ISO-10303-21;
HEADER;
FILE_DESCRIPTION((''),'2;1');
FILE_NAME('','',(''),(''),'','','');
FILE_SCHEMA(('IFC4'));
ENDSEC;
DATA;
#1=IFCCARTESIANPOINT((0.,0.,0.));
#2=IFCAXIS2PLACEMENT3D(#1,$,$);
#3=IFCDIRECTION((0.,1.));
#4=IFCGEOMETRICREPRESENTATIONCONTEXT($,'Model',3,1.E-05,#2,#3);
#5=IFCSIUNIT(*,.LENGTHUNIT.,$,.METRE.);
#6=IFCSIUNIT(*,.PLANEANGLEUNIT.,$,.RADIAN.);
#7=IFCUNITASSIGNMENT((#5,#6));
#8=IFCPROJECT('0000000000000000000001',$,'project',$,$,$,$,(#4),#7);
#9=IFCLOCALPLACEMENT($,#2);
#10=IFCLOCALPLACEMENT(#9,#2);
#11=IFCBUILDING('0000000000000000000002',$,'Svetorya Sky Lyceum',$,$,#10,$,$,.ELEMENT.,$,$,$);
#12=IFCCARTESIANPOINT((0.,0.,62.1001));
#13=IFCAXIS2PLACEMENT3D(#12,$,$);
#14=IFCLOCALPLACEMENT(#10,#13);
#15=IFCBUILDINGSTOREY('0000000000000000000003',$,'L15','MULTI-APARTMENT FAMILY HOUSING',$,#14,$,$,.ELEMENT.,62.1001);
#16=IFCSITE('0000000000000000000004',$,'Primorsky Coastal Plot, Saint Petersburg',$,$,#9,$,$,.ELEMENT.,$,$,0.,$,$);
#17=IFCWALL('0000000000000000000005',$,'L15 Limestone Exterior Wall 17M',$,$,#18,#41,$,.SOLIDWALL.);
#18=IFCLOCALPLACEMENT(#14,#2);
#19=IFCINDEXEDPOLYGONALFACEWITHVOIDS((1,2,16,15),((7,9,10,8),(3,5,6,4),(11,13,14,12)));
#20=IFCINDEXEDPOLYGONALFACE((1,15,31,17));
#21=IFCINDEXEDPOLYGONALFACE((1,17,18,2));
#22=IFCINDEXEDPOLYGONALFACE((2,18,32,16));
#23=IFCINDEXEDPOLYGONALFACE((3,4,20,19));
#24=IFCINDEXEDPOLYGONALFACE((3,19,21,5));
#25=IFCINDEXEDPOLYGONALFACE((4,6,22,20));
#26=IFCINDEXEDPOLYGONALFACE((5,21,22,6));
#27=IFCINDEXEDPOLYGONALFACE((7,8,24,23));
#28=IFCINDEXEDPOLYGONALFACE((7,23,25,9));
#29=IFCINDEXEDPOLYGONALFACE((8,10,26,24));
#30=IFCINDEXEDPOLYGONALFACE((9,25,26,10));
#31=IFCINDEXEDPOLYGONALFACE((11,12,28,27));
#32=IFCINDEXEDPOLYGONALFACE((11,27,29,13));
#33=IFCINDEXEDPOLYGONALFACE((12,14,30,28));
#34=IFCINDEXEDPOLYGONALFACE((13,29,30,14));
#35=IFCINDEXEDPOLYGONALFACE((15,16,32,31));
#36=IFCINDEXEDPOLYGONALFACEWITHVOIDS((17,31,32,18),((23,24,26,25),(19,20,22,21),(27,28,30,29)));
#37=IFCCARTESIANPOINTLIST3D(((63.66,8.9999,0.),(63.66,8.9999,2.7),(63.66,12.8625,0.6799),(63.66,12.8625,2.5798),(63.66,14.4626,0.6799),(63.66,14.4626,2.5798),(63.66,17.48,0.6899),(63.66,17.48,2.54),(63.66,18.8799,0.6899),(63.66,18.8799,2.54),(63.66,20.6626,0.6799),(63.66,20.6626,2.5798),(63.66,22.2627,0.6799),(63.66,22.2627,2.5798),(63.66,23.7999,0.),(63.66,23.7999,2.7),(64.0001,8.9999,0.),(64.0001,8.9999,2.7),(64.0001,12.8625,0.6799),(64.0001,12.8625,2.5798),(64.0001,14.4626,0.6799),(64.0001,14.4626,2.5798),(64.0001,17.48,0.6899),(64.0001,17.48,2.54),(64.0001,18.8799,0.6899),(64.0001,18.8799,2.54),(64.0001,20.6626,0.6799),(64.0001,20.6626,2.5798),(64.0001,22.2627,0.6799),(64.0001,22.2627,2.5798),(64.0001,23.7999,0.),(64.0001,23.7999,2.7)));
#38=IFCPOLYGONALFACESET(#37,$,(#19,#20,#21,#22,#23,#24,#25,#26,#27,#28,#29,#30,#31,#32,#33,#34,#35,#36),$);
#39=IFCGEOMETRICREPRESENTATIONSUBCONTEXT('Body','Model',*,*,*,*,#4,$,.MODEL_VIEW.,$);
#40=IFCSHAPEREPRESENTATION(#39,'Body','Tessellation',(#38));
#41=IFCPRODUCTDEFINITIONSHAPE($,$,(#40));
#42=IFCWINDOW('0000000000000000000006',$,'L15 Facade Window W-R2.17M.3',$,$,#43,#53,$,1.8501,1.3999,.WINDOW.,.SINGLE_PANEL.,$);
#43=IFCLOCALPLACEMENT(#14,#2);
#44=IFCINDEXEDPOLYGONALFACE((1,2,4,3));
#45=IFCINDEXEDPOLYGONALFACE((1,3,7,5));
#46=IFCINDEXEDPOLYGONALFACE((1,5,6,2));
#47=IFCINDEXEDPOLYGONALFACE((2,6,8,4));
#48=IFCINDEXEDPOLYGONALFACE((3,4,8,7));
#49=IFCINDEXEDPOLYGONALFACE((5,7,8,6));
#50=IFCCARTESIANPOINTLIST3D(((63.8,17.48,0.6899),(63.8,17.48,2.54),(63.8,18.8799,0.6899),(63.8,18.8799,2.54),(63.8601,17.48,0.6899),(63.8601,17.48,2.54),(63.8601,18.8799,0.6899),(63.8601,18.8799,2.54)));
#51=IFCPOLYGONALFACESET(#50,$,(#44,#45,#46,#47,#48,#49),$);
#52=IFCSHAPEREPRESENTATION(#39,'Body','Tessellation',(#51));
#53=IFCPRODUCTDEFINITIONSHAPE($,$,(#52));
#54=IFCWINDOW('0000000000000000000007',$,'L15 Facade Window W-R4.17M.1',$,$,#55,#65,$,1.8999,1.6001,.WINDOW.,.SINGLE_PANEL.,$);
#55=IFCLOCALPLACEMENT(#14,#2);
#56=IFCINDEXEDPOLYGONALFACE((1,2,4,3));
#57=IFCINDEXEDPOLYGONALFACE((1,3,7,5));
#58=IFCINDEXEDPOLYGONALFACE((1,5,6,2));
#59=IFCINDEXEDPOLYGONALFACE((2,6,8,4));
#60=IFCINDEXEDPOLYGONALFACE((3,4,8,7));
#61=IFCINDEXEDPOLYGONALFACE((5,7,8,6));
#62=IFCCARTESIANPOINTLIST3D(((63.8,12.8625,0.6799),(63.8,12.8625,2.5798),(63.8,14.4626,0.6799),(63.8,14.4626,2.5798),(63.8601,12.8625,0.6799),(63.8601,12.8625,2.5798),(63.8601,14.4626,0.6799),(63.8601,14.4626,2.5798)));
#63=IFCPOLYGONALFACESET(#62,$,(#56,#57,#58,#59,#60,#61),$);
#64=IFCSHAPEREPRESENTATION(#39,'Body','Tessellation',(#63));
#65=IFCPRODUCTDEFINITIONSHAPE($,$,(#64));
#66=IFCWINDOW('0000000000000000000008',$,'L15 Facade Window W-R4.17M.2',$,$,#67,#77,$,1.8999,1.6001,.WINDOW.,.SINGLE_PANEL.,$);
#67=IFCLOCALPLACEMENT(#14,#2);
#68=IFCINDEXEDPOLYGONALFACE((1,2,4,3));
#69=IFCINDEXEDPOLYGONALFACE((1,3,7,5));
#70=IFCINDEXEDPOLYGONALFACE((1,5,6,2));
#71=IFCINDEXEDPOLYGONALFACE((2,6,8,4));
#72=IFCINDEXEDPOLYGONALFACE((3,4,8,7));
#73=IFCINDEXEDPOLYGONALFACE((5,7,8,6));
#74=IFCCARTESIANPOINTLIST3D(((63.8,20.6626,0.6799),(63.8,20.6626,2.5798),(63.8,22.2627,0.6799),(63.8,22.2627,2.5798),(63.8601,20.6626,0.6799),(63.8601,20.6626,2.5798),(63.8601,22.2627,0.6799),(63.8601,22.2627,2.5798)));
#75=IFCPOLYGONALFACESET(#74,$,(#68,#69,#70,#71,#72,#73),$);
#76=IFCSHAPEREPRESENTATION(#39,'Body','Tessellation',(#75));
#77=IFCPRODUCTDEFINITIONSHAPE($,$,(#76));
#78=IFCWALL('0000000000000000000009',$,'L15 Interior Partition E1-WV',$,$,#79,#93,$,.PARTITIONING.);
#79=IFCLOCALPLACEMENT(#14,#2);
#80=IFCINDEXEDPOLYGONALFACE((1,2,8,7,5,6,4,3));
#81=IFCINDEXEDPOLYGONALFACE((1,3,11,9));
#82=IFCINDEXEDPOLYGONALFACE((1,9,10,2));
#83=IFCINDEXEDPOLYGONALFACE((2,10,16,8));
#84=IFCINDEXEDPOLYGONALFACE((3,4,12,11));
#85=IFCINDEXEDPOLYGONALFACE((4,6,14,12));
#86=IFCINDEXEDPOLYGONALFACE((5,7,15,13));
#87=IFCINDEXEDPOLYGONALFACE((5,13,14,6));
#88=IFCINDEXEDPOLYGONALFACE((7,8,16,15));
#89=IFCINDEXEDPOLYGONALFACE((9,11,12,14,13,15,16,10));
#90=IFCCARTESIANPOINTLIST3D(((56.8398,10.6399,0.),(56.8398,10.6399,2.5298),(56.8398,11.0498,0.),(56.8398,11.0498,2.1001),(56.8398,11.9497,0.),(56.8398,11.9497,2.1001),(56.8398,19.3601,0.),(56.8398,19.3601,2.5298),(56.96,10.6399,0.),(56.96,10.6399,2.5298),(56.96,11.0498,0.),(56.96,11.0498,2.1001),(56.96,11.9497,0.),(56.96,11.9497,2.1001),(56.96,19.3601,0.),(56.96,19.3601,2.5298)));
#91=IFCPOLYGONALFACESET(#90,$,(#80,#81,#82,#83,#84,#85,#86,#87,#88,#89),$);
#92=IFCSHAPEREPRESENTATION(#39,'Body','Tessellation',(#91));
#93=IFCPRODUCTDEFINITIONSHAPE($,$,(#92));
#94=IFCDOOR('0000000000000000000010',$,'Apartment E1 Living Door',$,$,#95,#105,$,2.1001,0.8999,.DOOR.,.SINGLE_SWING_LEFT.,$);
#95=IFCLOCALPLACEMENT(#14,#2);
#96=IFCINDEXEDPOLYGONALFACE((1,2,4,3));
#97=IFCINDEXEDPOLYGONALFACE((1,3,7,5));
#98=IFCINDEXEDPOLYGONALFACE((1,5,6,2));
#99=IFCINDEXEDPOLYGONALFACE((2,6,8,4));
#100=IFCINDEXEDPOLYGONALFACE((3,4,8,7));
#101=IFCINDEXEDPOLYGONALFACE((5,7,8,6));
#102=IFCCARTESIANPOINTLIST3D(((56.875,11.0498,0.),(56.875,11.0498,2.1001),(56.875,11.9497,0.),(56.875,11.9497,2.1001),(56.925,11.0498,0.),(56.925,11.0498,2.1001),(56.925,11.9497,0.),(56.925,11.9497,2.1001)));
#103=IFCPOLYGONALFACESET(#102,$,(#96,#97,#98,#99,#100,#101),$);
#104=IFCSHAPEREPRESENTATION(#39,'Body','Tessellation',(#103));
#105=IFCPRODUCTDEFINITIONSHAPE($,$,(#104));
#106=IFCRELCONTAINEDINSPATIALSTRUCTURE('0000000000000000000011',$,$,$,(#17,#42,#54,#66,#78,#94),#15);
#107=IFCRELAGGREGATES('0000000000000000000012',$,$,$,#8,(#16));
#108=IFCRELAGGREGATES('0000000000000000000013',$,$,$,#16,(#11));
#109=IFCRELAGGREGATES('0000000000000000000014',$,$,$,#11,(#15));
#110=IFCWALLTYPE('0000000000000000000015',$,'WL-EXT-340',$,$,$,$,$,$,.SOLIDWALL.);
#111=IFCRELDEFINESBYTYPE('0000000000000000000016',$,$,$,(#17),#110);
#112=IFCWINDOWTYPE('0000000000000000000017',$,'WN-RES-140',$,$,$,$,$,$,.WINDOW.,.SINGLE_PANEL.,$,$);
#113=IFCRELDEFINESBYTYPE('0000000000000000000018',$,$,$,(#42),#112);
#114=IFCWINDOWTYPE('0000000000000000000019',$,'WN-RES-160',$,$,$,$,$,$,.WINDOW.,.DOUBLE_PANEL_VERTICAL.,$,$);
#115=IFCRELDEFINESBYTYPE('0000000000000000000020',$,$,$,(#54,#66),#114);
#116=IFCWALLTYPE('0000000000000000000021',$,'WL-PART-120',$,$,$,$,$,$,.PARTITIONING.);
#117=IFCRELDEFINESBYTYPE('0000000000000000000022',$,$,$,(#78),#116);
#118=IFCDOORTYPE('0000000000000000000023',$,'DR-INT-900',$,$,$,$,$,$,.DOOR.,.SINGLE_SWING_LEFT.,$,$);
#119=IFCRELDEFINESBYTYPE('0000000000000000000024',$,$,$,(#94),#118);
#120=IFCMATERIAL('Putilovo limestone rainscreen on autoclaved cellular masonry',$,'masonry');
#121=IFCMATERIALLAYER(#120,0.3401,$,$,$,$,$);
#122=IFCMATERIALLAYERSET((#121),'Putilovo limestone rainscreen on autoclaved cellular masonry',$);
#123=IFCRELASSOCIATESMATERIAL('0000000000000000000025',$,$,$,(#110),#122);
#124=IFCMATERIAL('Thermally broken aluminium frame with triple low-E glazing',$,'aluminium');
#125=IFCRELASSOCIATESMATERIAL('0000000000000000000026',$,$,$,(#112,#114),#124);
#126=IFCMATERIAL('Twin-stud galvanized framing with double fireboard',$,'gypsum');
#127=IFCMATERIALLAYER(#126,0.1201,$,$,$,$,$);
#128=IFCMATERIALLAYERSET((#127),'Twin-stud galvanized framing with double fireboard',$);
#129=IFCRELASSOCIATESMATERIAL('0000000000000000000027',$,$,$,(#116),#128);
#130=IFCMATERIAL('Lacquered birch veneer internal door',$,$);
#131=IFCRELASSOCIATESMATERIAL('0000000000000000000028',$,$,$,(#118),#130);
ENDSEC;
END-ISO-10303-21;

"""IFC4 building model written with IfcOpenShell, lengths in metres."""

from ifc_helpers import new_model, si_unit, direction, frame, frame_2d, origin, place, context, subcontext, project, spatial, rectangle, extrude, material, layer, layer_set, type_object, element, fill, save


model = new_model("IFC4")

# Units and contexts
model_context = context("Model", 3, precision=1e-05, world=origin(), true_north=direction((0.0, 1.0)))
body_context = subcontext(model_context, "Body", "Model", "MODEL_VIEW")
ifc_project = project(units=[si_unit("LENGTHUNIT", "METRE"), si_unit("PLANEANGLEUNIT", "RADIAN")], contexts=[model_context])

# Site, building, storey
site_placement = place(None, origin())
site = spatial("IfcSite", under=ifc_project, at=site_placement, Name="Primorsky Coastal Plot, Saint Petersburg", CompositionType="ELEMENT", RefElevation=0.0)
building_placement = place(site_placement, origin())
building = spatial("IfcBuilding", under=site, at=building_placement, Name="Svetorya Sky Lyceum", CompositionType="ELEMENT")
storey_placement = place(building_placement, frame((0.0, 0.0, 62.1001)))
storey = spatial("IfcBuildingStorey", under=building, at=storey_placement, Name="L15", Description="MULTI-APARTMENT FAMILY HOUSING", CompositionType="ELEMENT", Elevation=62.1001)

# Shared definitions
ifc_material_1 = material(Name="Putilovo limestone rainscreen on autoclaved cellular masonry", Category="masonry")
ifc_layer_1 = layer(ifc_material_1, 0.3401)
ifc_layer_set_1 = layer_set([ifc_layer_1], Name="Putilovo limestone rainscreen on autoclaved cellular masonry")
wall_type_1 = type_object("IfcWallType", Name="WL-EXT-340", PredefinedType="SOLIDWALL", material=ifc_layer_set_1)

# Wall, openings, windows
wall_1_placement = place(storey_placement, frame((63.8301, 9.0, 0.0), z_axis=(0.0, 0.0, 1.0), x_axis=(0.0, 1.0, 0.0)))
wall_1 = element("IfcWall", 1, at=wall_1_placement, inside=storey, type_object=wall_type_1, Name="L15 Limestone Exterior Wall 17M", PredefinedType="SOLIDWALL", context=body_context, shape_type="SweptSolid", body=[
    extrude(rectangle(XDim=14.8, YDim=0.3401, at=frame_2d((7.3999, 0.0))), origin(), (0.0, 0.0, 1.0), 2.7),
])
opening_1_placement = place(wall_1_placement, frame((3.8625, 0.0, 0.6799)))
opening_1 = element("IfcOpeningElement", 2, at=opening_1_placement, cuts=wall_1, PredefinedType="OPENING", context=body_context, shape_type="SweptSolid", body=[
    extrude(rectangle(XDim=1.6001, YDim=1.8999, at=frame_2d((0.8, 0.95))), frame((0.0, 0.1799, 0.0), z_axis=(0.0, -1.0, 0.0), x_axis=(1.0, 0.0, 0.0)), (0.0, 0.0, 1.0), 0.3601),
])
opening_2_placement = place(wall_1_placement, frame((8.48, 0.0, 0.6899)))
opening_2 = element("IfcOpeningElement", 3, at=opening_2_placement, cuts=wall_1, PredefinedType="OPENING", context=body_context, shape_type="SweptSolid", body=[
    extrude(rectangle(XDim=1.3999, YDim=1.8501, at=frame_2d((0.7, 0.925))), frame((0.0, 0.1799, 0.0), z_axis=(0.0, -1.0, 0.0), x_axis=(1.0, 0.0, 0.0)), (0.0, 0.0, 1.0), 0.3601),
])
opening_3_placement = place(wall_1_placement, frame((11.6626, 0.0, 0.6799)))
opening_3 = element("IfcOpeningElement", 4, at=opening_3_placement, cuts=wall_1, PredefinedType="OPENING", context=body_context, shape_type="SweptSolid", body=[
    extrude(rectangle(XDim=1.6001, YDim=1.8999, at=frame_2d((0.8, 0.95))), frame((0.0, 0.1799, 0.0), z_axis=(0.0, -1.0, 0.0), x_axis=(1.0, 0.0, 0.0)), (0.0, 0.0, 1.0), 0.3601),
])
ifc_material_2 = material(Name="Thermally broken aluminium frame with triple low-E glazing", Category="aluminium")
window_type_1 = type_object("IfcWindowType", Name="WN-RES-140", PartitioningType="SINGLE_PANEL", PredefinedType="WINDOW", material=ifc_material_2)
window_1_placement = place(opening_2_placement, origin())
window_1 = element("IfcWindow", 5, at=window_1_placement, inside=storey, type_object=window_type_1, Name="L15 Facade Window W-R2.17M.3", OverallHeight=1.8501, OverallWidth=1.3999, PartitioningType="SINGLE_PANEL", PredefinedType="WINDOW", context=body_context, shape_type="SweptSolid", body=[
    extrude(rectangle(XDim=1.3999, YDim=1.8501, at=frame_2d((0.7, 0.925))), frame((0.0, 0.03, 0.0), z_axis=(0.0, -1.0, 0.0), x_axis=(1.0, 0.0, 0.0)), (0.0, 0.0, 1.0), 0.0601),
])
fill(opening_2, window_1)
window_type_2 = type_object("IfcWindowType", Name="WN-RES-160", PartitioningType="DOUBLE_PANEL_VERTICAL", PredefinedType="WINDOW", material=ifc_material_2)
window_2_placement = place(opening_1_placement, origin())
window_2 = element("IfcWindow", 6, at=window_2_placement, inside=storey, type_object=window_type_2, Name="L15 Facade Window W-R4.17M.1", OverallHeight=1.8999, OverallWidth=1.6001, PartitioningType="SINGLE_PANEL", PredefinedType="WINDOW", context=body_context, shape_type="SweptSolid", body=[
    extrude(rectangle(XDim=1.6001, YDim=1.8999, at=frame_2d((0.8, 0.95))), frame((0.0, 0.03, 0.0), z_axis=(0.0, -1.0, 0.0), x_axis=(1.0, 0.0, 0.0)), (0.0, 0.0, 1.0), 0.0601),
])
fill(opening_1, window_2)
window_3_placement = place(opening_3_placement, origin())
window_3 = element("IfcWindow", 7, at=window_3_placement, inside=storey, type_object=window_type_2, Name="L15 Facade Window W-R4.17M.2", OverallHeight=1.8999, OverallWidth=1.6001, PartitioningType="SINGLE_PANEL", PredefinedType="WINDOW", context=body_context, shape_type="SweptSolid", body=[
    extrude(rectangle(XDim=1.6001, YDim=1.8999, at=frame_2d((0.8, 0.95))), frame((0.0, 0.03, 0.0), z_axis=(0.0, -1.0, 0.0), x_axis=(1.0, 0.0, 0.0)), (0.0, 0.0, 1.0), 0.0601),
])
fill(opening_3, window_3)

# Wall, opening, door
ifc_material_3 = material(Name="Twin-stud galvanized framing with double fireboard", Category="gypsum")
ifc_layer_2 = layer(ifc_material_3, 0.1201)
ifc_layer_set_2 = layer_set([ifc_layer_2], Name="Twin-stud galvanized framing with double fireboard")
wall_type_2 = type_object("IfcWallType", Name="WL-PART-120", PredefinedType="PARTITIONING", material=ifc_layer_set_2)
wall_2_placement = place(storey_placement, frame((56.8999, 10.6399, 0.0), z_axis=(0.0, 0.0, 1.0), x_axis=(0.0, 1.0, 0.0)))
wall_2 = element("IfcWall", 8, at=wall_2_placement, inside=storey, type_object=wall_type_2, Name="L15 Interior Partition E1-WV", PredefinedType="PARTITIONING", context=body_context, shape_type="SweptSolid", body=[
    extrude(rectangle(XDim=8.7202, YDim=0.1201, at=frame_2d((4.3601, 0.0))), origin(), (0.0, 0.0, 1.0), 2.5298),
])
opening_4_placement = place(wall_2_placement, frame((0.4099, 0.0, 0.0)))
opening_4 = element("IfcOpeningElement", 9, at=opening_4_placement, cuts=wall_2, PredefinedType="OPENING", context=body_context, shape_type="SweptSolid", body=[
    extrude(rectangle(XDim=0.8999, YDim=2.1001, at=frame_2d((0.45, 1.05))), frame((0.0, 0.0701, 0.0), z_axis=(0.0, -1.0, 0.0), x_axis=(1.0, 0.0, 0.0)), (0.0, 0.0, 1.0), 0.1401),
])
ifc_material_4 = material(Name="Lacquered birch veneer internal door")
door_type_1 = type_object("IfcDoorType", Name="DR-INT-900", OperationType="SINGLE_SWING_LEFT", PredefinedType="DOOR", material=ifc_material_4)
door_1_placement = place(opening_4_placement, origin())
door_1 = element("IfcDoor", 10, at=door_1_placement, inside=storey, type_object=door_type_1, Name="Apartment E1 Living Door", OperationType="SINGLE_SWING_LEFT", OverallHeight=2.1001, OverallWidth=0.8999, PredefinedType="DOOR", context=body_context, shape_type="SweptSolid", body=[
    extrude(rectangle(XDim=0.8999, YDim=2.1001, at=frame_2d((0.45, 1.05))), frame((0.0, 0.0249, 0.0), z_axis=(0.0, -1.0, 0.0), x_axis=(1.0, 0.0, 0.0)), (0.0, 0.0, 1.0), 0.05),
])
fill(opening_4, door_1)

save(model, "model.ifc")
